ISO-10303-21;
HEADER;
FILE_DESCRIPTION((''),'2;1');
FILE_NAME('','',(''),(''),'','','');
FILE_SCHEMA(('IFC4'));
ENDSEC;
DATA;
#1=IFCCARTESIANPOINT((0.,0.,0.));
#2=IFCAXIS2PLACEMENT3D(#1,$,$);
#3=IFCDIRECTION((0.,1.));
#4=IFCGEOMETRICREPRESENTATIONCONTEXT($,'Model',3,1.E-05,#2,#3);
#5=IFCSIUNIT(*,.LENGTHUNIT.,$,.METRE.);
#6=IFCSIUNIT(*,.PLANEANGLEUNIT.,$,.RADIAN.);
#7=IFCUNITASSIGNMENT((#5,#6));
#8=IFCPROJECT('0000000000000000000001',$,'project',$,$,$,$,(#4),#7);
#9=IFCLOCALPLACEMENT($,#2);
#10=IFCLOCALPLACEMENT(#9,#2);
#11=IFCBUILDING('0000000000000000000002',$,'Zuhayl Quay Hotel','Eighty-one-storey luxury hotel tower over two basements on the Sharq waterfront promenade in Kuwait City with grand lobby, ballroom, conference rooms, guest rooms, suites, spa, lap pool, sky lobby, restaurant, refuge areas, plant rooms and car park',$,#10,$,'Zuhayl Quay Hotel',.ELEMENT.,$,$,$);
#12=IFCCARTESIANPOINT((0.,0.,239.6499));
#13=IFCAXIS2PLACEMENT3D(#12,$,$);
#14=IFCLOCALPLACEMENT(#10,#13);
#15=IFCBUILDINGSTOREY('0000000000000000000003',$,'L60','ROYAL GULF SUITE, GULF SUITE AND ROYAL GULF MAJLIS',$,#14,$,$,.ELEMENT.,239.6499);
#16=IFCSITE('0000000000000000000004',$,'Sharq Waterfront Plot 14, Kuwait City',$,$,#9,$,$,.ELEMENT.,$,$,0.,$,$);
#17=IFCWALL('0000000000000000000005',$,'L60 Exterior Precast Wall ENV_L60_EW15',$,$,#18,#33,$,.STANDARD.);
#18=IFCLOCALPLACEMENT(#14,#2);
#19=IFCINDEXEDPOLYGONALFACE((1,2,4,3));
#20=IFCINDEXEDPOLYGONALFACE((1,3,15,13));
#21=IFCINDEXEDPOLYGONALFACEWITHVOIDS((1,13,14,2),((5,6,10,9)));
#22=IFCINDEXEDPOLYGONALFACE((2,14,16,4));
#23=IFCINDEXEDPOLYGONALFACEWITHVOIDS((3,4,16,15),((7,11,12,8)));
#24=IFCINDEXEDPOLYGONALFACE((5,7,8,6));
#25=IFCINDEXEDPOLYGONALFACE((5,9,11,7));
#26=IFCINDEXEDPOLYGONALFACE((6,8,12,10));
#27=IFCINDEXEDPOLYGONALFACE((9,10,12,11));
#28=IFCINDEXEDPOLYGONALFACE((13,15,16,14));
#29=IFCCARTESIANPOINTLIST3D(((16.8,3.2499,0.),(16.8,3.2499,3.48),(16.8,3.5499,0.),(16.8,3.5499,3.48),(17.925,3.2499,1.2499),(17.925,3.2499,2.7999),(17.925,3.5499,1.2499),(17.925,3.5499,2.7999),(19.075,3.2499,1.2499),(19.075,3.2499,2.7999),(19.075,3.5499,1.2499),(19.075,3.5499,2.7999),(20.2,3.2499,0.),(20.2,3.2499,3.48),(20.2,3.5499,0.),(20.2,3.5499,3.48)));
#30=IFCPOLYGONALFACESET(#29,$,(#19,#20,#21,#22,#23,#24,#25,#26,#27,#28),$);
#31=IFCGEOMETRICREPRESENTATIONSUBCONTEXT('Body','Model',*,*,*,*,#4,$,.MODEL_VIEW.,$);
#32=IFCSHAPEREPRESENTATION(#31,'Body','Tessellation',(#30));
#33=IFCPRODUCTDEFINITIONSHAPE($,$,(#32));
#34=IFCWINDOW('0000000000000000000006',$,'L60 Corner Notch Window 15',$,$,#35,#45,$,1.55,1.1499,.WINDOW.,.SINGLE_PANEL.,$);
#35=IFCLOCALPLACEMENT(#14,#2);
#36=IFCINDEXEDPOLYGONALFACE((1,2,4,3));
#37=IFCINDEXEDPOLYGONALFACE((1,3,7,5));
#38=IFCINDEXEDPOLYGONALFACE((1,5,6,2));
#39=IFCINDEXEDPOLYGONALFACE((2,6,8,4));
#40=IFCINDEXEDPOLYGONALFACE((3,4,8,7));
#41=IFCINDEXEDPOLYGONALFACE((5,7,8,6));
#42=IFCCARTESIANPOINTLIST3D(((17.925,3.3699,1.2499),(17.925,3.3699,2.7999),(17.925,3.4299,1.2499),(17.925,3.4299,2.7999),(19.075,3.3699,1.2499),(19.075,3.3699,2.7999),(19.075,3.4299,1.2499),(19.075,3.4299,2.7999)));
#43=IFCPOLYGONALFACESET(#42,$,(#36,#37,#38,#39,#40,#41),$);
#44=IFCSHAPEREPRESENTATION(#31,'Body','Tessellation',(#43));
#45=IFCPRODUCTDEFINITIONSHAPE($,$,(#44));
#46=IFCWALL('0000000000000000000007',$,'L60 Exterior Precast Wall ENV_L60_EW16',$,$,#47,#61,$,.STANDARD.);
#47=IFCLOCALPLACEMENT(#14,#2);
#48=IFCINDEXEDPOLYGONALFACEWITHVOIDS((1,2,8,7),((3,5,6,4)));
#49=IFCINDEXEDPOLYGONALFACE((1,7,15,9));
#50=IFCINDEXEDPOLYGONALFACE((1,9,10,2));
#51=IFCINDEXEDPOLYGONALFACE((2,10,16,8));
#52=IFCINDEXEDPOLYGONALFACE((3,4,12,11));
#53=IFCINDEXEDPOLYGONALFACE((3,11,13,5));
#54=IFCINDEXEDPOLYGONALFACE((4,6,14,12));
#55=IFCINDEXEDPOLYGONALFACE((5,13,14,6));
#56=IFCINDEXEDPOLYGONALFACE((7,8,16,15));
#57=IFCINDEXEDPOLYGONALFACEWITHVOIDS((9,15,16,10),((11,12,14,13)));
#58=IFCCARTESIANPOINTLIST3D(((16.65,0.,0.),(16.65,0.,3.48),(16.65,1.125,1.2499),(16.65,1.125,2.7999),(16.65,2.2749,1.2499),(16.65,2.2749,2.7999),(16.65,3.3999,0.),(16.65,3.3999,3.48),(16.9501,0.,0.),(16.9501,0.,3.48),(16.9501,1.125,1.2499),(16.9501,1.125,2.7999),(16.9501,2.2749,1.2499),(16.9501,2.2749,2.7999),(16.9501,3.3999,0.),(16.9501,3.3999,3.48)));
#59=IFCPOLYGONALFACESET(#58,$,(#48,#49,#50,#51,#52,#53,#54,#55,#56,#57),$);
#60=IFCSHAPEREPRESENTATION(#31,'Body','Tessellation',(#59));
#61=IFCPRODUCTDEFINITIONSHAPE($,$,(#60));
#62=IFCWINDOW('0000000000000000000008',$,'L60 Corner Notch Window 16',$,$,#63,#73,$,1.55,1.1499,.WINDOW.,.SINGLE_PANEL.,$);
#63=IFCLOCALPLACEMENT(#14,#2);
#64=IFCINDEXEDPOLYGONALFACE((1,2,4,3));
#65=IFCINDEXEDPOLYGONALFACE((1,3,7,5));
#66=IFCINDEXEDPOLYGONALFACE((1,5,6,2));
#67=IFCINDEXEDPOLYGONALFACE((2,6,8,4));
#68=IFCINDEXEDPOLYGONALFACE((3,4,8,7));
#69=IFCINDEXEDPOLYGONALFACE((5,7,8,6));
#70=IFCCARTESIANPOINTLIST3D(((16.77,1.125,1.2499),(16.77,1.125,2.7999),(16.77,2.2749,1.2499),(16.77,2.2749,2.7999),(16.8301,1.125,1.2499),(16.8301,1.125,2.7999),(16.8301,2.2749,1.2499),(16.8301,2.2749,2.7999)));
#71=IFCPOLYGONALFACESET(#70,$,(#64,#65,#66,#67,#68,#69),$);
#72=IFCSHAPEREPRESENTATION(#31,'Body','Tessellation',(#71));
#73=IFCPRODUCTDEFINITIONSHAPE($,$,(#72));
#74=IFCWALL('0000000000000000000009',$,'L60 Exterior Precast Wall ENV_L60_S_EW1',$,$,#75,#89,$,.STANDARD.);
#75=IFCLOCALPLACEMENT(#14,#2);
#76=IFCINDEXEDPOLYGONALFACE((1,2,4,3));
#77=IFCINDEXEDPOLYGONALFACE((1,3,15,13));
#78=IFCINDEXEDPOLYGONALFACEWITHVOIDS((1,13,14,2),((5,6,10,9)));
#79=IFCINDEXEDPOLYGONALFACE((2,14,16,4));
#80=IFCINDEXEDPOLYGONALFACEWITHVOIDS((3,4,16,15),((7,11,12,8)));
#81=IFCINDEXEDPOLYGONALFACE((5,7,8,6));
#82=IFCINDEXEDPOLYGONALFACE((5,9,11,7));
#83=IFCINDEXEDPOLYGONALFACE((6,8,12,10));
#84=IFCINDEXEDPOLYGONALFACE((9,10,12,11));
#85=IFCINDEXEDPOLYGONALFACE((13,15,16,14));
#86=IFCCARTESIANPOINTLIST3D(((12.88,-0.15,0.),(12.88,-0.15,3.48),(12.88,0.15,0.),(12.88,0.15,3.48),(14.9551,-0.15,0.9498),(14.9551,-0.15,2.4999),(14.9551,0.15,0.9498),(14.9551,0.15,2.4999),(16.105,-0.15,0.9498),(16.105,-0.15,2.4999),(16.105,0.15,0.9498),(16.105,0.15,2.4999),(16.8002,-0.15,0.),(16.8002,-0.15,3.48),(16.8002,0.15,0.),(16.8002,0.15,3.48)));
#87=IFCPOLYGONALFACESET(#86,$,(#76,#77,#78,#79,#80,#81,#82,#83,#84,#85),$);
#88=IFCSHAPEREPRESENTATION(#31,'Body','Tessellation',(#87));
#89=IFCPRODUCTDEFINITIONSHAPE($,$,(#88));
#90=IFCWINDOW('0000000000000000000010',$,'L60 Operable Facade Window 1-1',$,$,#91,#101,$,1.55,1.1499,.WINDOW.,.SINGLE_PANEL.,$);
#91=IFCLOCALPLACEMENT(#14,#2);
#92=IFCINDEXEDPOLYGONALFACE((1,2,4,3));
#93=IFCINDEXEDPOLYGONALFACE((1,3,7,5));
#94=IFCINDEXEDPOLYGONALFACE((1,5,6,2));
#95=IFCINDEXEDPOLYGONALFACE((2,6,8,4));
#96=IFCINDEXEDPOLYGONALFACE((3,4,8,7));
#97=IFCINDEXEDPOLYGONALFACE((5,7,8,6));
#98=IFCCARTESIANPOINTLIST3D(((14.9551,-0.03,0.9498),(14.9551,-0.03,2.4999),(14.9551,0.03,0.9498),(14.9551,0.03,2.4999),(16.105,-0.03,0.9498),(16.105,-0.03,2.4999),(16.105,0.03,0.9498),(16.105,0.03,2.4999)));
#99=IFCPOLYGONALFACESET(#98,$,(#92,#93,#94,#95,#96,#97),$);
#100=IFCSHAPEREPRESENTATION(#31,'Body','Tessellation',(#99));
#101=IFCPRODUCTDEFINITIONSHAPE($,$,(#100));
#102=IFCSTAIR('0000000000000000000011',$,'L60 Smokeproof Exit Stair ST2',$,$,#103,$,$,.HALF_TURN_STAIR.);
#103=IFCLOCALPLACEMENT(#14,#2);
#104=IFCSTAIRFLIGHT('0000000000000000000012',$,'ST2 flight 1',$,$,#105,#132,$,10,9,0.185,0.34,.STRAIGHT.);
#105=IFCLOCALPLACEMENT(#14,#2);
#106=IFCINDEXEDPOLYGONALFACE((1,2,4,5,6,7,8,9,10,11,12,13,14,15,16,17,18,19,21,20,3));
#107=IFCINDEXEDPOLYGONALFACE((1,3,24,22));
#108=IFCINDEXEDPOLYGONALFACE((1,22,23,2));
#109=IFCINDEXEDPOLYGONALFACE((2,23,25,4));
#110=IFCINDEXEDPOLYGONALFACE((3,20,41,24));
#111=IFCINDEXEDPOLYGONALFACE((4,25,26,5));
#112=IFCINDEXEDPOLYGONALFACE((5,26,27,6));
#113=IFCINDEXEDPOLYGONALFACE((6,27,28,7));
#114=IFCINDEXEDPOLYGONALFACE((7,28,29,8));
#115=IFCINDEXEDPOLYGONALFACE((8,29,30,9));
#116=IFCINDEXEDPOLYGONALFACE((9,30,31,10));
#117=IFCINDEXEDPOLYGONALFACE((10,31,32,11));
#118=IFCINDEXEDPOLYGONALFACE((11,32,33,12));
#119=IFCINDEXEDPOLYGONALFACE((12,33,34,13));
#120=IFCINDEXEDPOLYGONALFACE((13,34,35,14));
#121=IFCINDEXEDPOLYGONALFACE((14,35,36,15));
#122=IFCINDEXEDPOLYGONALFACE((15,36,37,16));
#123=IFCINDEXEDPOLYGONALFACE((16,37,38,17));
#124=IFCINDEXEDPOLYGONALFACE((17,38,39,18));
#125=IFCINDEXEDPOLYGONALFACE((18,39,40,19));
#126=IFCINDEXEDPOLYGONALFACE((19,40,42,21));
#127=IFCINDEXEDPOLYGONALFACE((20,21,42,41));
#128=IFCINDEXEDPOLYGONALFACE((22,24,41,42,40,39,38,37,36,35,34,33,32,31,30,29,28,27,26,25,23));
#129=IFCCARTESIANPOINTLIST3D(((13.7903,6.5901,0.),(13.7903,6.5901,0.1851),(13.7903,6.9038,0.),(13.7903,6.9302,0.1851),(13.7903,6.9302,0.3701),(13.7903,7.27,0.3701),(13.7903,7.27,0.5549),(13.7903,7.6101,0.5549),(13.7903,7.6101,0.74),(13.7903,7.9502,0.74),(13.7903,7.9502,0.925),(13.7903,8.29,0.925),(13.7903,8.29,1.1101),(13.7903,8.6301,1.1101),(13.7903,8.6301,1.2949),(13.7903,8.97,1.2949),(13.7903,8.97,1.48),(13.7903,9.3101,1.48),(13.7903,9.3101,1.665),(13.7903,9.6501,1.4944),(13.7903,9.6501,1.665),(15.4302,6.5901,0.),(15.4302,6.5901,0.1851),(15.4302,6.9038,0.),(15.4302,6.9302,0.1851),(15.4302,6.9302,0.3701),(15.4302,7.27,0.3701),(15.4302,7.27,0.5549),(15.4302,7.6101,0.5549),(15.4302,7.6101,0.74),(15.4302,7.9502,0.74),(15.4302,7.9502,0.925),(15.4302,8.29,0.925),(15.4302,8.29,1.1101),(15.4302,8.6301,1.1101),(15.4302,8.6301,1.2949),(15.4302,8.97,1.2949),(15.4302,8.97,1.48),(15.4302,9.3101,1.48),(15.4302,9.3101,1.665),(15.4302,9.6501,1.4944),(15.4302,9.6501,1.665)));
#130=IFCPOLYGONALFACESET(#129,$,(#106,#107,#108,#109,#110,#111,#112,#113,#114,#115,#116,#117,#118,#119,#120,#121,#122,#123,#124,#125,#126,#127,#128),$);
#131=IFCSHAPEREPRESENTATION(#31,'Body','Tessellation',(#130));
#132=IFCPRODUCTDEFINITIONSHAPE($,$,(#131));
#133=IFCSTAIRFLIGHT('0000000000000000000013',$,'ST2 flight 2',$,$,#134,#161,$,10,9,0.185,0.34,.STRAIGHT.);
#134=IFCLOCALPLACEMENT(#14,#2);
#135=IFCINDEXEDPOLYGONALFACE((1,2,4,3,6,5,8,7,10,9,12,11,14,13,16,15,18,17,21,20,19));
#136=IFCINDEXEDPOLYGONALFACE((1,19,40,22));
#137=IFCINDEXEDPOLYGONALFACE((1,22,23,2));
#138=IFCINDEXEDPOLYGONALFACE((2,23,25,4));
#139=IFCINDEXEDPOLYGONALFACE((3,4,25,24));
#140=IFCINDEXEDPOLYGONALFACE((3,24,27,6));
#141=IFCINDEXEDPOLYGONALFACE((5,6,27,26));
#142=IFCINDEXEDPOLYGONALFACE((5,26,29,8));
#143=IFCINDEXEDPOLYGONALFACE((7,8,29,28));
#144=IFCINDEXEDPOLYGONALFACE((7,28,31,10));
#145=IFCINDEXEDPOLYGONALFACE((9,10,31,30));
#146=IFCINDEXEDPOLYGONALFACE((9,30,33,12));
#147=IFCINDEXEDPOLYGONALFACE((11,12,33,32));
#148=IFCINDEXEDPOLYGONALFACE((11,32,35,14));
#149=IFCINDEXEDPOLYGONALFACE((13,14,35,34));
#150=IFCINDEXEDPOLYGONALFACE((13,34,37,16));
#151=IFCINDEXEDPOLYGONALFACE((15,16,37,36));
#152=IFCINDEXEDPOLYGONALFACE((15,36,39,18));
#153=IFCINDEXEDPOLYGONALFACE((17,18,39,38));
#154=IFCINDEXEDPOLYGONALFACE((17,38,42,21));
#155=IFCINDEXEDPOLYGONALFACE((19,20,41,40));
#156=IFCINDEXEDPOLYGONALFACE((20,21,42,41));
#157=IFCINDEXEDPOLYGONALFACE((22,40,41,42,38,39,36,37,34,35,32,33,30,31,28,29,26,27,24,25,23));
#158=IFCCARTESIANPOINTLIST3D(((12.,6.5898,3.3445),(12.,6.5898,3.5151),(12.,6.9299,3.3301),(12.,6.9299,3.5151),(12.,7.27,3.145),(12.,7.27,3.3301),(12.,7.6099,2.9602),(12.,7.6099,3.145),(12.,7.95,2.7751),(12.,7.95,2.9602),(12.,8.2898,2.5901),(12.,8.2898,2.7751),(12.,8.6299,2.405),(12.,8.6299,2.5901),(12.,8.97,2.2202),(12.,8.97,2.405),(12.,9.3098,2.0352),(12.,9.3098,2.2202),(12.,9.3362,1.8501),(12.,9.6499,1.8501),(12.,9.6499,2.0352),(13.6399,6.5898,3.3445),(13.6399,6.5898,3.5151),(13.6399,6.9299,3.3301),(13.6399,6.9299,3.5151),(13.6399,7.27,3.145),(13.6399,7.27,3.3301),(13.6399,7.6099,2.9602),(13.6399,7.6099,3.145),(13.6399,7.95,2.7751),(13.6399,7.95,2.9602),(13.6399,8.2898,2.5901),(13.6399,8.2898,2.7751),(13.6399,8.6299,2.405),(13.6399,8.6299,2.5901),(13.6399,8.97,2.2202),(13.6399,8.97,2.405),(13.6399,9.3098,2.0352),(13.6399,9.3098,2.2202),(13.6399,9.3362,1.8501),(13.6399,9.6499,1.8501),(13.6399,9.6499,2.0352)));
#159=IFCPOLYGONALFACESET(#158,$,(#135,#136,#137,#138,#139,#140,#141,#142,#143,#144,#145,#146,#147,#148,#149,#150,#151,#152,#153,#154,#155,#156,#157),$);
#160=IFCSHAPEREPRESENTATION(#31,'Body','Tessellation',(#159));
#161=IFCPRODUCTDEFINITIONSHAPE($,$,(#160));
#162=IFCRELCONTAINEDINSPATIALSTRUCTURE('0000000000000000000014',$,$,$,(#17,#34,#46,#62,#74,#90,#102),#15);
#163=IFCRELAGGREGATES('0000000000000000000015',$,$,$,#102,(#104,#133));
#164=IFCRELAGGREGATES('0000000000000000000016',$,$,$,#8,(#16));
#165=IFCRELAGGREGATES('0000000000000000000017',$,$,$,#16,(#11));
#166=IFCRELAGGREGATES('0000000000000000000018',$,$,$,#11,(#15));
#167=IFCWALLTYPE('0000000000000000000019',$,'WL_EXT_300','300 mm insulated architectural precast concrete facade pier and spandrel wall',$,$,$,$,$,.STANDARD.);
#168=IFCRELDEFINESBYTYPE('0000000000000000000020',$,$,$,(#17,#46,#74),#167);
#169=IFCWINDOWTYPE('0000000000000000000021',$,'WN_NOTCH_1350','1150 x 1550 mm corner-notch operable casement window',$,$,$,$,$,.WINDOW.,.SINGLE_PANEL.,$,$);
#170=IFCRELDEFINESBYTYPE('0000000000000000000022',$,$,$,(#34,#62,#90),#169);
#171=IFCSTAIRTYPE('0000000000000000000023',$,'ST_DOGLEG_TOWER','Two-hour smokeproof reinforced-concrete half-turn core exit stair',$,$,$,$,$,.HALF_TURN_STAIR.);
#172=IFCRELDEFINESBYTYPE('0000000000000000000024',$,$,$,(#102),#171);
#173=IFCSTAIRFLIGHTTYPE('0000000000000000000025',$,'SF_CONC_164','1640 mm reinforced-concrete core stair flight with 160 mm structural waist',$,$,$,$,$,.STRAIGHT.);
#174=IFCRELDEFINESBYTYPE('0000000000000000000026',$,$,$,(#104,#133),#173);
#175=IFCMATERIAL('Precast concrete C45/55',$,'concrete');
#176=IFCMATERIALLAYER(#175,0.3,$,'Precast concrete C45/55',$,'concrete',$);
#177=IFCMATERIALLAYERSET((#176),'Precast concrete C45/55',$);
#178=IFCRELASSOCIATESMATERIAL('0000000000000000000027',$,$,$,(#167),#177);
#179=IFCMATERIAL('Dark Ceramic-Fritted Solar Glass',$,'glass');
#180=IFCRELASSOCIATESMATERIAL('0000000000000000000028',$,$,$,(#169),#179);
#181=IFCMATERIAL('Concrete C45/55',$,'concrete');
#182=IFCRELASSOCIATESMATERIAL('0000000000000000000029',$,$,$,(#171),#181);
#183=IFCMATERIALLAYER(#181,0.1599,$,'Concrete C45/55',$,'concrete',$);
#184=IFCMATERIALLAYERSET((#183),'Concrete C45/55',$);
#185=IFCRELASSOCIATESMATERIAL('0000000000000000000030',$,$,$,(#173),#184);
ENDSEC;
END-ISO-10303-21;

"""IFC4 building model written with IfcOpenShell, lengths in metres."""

from ifc_helpers import new_model, si_unit, direction, frame, frame_2d, origin, place, context, subcontext, project, spatial, polyline, rectangle, outline, extrude, material, layer, layer_set, type_object, element, fill, aggregate, save


model = new_model("IFC4")

# Units and contexts
model_context = context("Model", 3, precision=1e-05, world=origin(), true_north=direction((0.0, 1.0)))
body_context = subcontext(model_context, "Body", "Model", "MODEL_VIEW")
ifc_project = project(units=[si_unit("LENGTHUNIT", "METRE"), si_unit("PLANEANGLEUNIT", "RADIAN")], contexts=[model_context])

# Site, building, storey
site_placement = place(None, origin())
site = spatial("IfcSite", under=ifc_project, at=site_placement, Name="Sharq Waterfront Plot 14, Kuwait City", CompositionType="ELEMENT", RefElevation=0.0)
building_placement = place(site_placement, origin())
building = spatial("IfcBuilding", under=site, at=building_placement, Name="Zuhayl Quay Hotel", Description="Eighty-one-storey luxury hotel tower over two basements on the Sharq waterfront promenade in Kuwait City with grand lobby, ballroom, conference rooms, guest rooms, suites, spa, lap pool, sky lobby, restaurant, refuge areas, plant rooms and car park", LongName="Zuhayl Quay Hotel", CompositionType="ELEMENT")
storey_placement = place(building_placement, frame((0.0, 0.0, 239.6499)))
storey = spatial("IfcBuildingStorey", under=building, at=storey_placement, Name="L60", Description="ROYAL GULF SUITE, GULF SUITE AND ROYAL GULF MAJLIS", CompositionType="ELEMENT", Elevation=239.6499)

# Shared definitions
ifc_material_1 = material(Name="Dark Ceramic-Fritted Solar Glass", Category="glass")

# Shared definitions
ifc_material_2 = material(Name="Precast concrete C45/55", Category="concrete")
ifc_layer_1 = layer(ifc_material_2, 0.3, Name="Precast concrete C45/55", Category="concrete")
ifc_layer_set_1 = layer_set([ifc_layer_1], Name="Precast concrete C45/55")
wall_type_1 = type_object("IfcWallType", Name="WL_EXT_300", Description="300 mm insulated architectural precast concrete facade pier and spandrel wall", PredefinedType="STANDARD", material=ifc_layer_set_1)

# Walls, openings, windows
wall_1_placement = place(storey_placement, frame((20.2, 3.3999, 0.0), z_axis=(0.0, 0.0, 1.0), x_axis=(-1.0, 0.0, 0.0)))
wall_1 = element("IfcWall", 1, at=wall_1_placement, inside=storey, type_object=wall_type_1, Name="L60 Exterior Precast Wall ENV_L60_EW15", PredefinedType="STANDARD", context=body_context, shape_type="SweptSolid", body=[
    extrude(rectangle(XDim=3.3999, YDim=0.3, at=frame_2d((1.7, 0.0))), origin(), (0.0, 0.0, 1.0), 3.48),
])
opening_1_placement = place(wall_1_placement, frame((1.125, 0.0, 1.25)))
opening_1 = element("IfcOpeningElement", 2, at=opening_1_placement, cuts=wall_1, PredefinedType="OPENING", context=body_context, shape_type="SweptSolid", body=[
    extrude(rectangle(XDim=1.1499, YDim=1.55, at=frame_2d((0.575, 0.7749))), frame((0.0, 0.1599, 0.0), z_axis=(0.0, -1.0, 0.0), x_axis=(1.0, 0.0, 0.0)), (0.0, 0.0, 1.0), 0.3201),
])
window_type = type_object("IfcWindowType", Name="WN_NOTCH_1350", Description="1150 x 1550 mm corner-notch operable casement window", PartitioningType="SINGLE_PANEL", PredefinedType="WINDOW", material=ifc_material_1)
window_1_placement = place(opening_1_placement, origin())
window_1 = element("IfcWindow", 3, at=window_1_placement, inside=storey, type_object=window_type, Name="L60 Corner Notch Window 15", OverallHeight=1.55, OverallWidth=1.1499, PartitioningType="SINGLE_PANEL", PredefinedType="WINDOW", context=body_context, shape_type="SweptSolid", body=[
    extrude(rectangle(XDim=1.1499, YDim=1.55, at=frame_2d((0.575, 0.7749))), frame((0.0, 0.03, 0.0), z_axis=(0.0, -1.0, 0.0), x_axis=(1.0, 0.0, 0.0)), (0.0, 0.0, 1.0), 0.0601),
])
fill(opening_1, window_1)
wall_2_placement = place(storey_placement, frame((16.8, 3.3999, 0.0), z_axis=(0.0, 0.0, 1.0), x_axis=(0.0, -1.0, 0.0)))
wall_2 = element("IfcWall", 4, at=wall_2_placement, inside=storey, type_object=wall_type_1, Name="L60 Exterior Precast Wall ENV_L60_EW16", PredefinedType="STANDARD", context=body_context, shape_type="SweptSolid", body=[
    extrude(rectangle(XDim=3.3999, YDim=0.3, at=frame_2d((1.7, 0.0))), origin(), (0.0, 0.0, 1.0), 3.48),
])
opening_2_placement = place(wall_2_placement, frame((1.125, 0.0, 1.25)))
opening_2 = element("IfcOpeningElement", 5, at=opening_2_placement, cuts=wall_2, PredefinedType="OPENING", context=body_context, shape_type="SweptSolid", body=[
    extrude(rectangle(XDim=1.1499, YDim=1.55, at=frame_2d((0.575, 0.7749))), frame((0.0, 0.1599, 0.0), z_axis=(0.0, -1.0, 0.0), x_axis=(1.0, 0.0, 0.0)), (0.0, 0.0, 1.0), 0.3201),
])
window_2_placement = place(opening_2_placement, origin())
window_2 = element("IfcWindow", 6, at=window_2_placement, inside=storey, type_object=window_type, Name="L60 Corner Notch Window 16", OverallHeight=1.55, OverallWidth=1.1499, PartitioningType="SINGLE_PANEL", PredefinedType="WINDOW", context=body_context, shape_type="SweptSolid", body=[
    extrude(rectangle(XDim=1.1499, YDim=1.55, at=frame_2d((0.575, 0.7749))), frame((0.0, 0.03, 0.0), z_axis=(0.0, -1.0, 0.0), x_axis=(1.0, 0.0, 0.0)), (0.0, 0.0, 1.0), 0.0601),
])
fill(opening_2, window_2)
wall_3_placement = place(storey_placement, frame((16.8, 0.0, 0.0), z_axis=(0.0, 0.0, 1.0), x_axis=(-1.0, 0.0, 0.0)))
wall_3 = element("IfcWall", 7, at=wall_3_placement, inside=storey, type_object=wall_type_1, Name="L60 Exterior Precast Wall ENV_L60_S_EW1", PredefinedType="STANDARD", context=body_context, shape_type="SweptSolid", body=[
    extrude(rectangle(XDim=3.9202, YDim=0.3, at=frame_2d((1.96, 0.0))), origin(), (0.0, 0.0, 1.0), 3.48),
])
opening_3_placement = place(wall_3_placement, frame((0.6951, 0.0, 0.95)))
opening_3 = element("IfcOpeningElement", 8, at=opening_3_placement, cuts=wall_3, PredefinedType="OPENING", context=body_context, shape_type="SweptSolid", body=[
    extrude(rectangle(XDim=1.1499, YDim=1.55, at=frame_2d((0.575, 0.7749))), frame((0.0, 0.1599, 0.0), z_axis=(0.0, -1.0, 0.0), x_axis=(1.0, 0.0, 0.0)), (0.0, 0.0, 1.0), 0.3201),
])
window_3_placement = place(opening_3_placement, origin())
window_3 = element("IfcWindow", 9, at=window_3_placement, inside=storey, type_object=window_type, Name="L60 Operable Facade Window 1-1", OverallHeight=1.55, OverallWidth=1.1499, PartitioningType="SINGLE_PANEL", PredefinedType="WINDOW", context=body_context, shape_type="SweptSolid", body=[
    extrude(rectangle(XDim=1.1499, YDim=1.55, at=frame_2d((0.575, 0.7749))), frame((0.0, 0.03, 0.0), z_axis=(0.0, -1.0, 0.0), x_axis=(1.0, 0.0, 0.0)), (0.0, 0.0, 1.0), 0.0601),
])
fill(opening_3, window_3)

# Stair, stair flights
ifc_material_3 = material(Name="Concrete C45/55", Category="concrete")
stair_type = type_object("IfcStairType", Name="ST_DOGLEG_TOWER", Description="Two-hour smokeproof reinforced-concrete half-turn core exit stair", PredefinedType="HALF_TURN_STAIR", material=ifc_material_3)
stair_placement = place(storey_placement, origin())
stair = element("IfcStair", 10, at=stair_placement, inside=storey, type_object=stair_type, Name="L60 Smokeproof Exit Stair ST2", PredefinedType="HALF_TURN_STAIR")
ifc_layer_2 = layer(ifc_material_3, 0.1599, Name="Concrete C45/55", Category="concrete")
ifc_layer_set_2 = layer_set([ifc_layer_2], Name="Concrete C45/55")
stair_flight_type = type_object("IfcStairFlightType", Name="SF_CONC_164", Description="1640 mm reinforced-concrete core stair flight with 160 mm structural waist", PredefinedType="STRAIGHT", material=ifc_layer_set_2)
stair_flight_1_placement = place(storey_placement, frame((14.6101, 6.5901, 0.0), z_axis=(0.0, 0.0, 1.0), x_axis=(0.0, 1.0, 0.0)))
stair_flight_1 = element("IfcStairFlight", 11, at=stair_flight_1_placement, type_object=stair_flight_type, Name="ST2 flight 1", NumberOfRisers=10, NumberOfTreads=9, PredefinedType="STRAIGHT", RiserHeight=0.185, TreadLength=0.34, context=body_context, shape_type="SweptSolid", body=[
    extrude(outline(polyline([(0.0, 0.0), (0.0, 0.1851), (0.3401, 0.1851), (0.3401, 0.3701), (0.6799, 0.3701), (0.6799, 0.5549), (1.02, 0.5549), (1.02, 0.74), (1.3601, 0.74), (1.3601, 0.925), (1.7, 0.925), (1.7, 1.1101), (2.04, 1.1101), (2.04, 1.2949), (2.3799, 1.2949), (2.3799, 1.48), (2.72, 1.48), (2.72, 1.665), (3.0601, 1.665), (3.0601, 1.8501), (3.0601, 1.4944), (0.3137, 0.0), (0.0, 0.0)])), frame((0.0, 0.8198, 0.0), z_axis=(0.0, -1.0, 0.0), x_axis=(1.0, 0.0, 0.0)), (0.0, 0.0, 1.0), 1.6399),
])
stair_flight_2_placement = place(storey_placement, frame((12.8201, 9.6499, 1.8501), z_axis=(0.0, 0.0, 1.0), x_axis=(0.0, -1.0, 0.0)))
stair_flight_2 = element("IfcStairFlight", 12, at=stair_flight_2_placement, type_object=stair_flight_type, Name="ST2 flight 2", NumberOfRisers=10, NumberOfTreads=9, PredefinedType="STRAIGHT", RiserHeight=0.185, TreadLength=0.34, context=body_context, shape_type="SweptSolid", body=[
    extrude(outline(polyline([(0.0, 0.0), (0.0, 0.1851), (0.3401, 0.1851), (0.3401, 0.3701), (0.6799, 0.3701), (0.6799, 0.5549), (1.02, 0.5549), (1.02, 0.74), (1.3601, 0.74), (1.3601, 0.925), (1.7, 0.925), (1.7, 1.1101), (2.04, 1.1101), (2.04, 1.2949), (2.3799, 1.2949), (2.3799, 1.48), (2.72, 1.48), (2.72, 1.665), (3.0601, 1.665), (3.0601, 1.8501), (3.0601, 1.4944), (0.3137, 0.0), (0.0, 0.0)])), frame((0.0, 0.8198, 0.0), z_axis=(0.0, -1.0, 0.0), x_axis=(1.0, 0.0, 0.0)), (0.0, 0.0, 1.0), 1.6399),
])
aggregate(stair, [stair_flight_1, stair_flight_2])

save(model, "model.ifc")
